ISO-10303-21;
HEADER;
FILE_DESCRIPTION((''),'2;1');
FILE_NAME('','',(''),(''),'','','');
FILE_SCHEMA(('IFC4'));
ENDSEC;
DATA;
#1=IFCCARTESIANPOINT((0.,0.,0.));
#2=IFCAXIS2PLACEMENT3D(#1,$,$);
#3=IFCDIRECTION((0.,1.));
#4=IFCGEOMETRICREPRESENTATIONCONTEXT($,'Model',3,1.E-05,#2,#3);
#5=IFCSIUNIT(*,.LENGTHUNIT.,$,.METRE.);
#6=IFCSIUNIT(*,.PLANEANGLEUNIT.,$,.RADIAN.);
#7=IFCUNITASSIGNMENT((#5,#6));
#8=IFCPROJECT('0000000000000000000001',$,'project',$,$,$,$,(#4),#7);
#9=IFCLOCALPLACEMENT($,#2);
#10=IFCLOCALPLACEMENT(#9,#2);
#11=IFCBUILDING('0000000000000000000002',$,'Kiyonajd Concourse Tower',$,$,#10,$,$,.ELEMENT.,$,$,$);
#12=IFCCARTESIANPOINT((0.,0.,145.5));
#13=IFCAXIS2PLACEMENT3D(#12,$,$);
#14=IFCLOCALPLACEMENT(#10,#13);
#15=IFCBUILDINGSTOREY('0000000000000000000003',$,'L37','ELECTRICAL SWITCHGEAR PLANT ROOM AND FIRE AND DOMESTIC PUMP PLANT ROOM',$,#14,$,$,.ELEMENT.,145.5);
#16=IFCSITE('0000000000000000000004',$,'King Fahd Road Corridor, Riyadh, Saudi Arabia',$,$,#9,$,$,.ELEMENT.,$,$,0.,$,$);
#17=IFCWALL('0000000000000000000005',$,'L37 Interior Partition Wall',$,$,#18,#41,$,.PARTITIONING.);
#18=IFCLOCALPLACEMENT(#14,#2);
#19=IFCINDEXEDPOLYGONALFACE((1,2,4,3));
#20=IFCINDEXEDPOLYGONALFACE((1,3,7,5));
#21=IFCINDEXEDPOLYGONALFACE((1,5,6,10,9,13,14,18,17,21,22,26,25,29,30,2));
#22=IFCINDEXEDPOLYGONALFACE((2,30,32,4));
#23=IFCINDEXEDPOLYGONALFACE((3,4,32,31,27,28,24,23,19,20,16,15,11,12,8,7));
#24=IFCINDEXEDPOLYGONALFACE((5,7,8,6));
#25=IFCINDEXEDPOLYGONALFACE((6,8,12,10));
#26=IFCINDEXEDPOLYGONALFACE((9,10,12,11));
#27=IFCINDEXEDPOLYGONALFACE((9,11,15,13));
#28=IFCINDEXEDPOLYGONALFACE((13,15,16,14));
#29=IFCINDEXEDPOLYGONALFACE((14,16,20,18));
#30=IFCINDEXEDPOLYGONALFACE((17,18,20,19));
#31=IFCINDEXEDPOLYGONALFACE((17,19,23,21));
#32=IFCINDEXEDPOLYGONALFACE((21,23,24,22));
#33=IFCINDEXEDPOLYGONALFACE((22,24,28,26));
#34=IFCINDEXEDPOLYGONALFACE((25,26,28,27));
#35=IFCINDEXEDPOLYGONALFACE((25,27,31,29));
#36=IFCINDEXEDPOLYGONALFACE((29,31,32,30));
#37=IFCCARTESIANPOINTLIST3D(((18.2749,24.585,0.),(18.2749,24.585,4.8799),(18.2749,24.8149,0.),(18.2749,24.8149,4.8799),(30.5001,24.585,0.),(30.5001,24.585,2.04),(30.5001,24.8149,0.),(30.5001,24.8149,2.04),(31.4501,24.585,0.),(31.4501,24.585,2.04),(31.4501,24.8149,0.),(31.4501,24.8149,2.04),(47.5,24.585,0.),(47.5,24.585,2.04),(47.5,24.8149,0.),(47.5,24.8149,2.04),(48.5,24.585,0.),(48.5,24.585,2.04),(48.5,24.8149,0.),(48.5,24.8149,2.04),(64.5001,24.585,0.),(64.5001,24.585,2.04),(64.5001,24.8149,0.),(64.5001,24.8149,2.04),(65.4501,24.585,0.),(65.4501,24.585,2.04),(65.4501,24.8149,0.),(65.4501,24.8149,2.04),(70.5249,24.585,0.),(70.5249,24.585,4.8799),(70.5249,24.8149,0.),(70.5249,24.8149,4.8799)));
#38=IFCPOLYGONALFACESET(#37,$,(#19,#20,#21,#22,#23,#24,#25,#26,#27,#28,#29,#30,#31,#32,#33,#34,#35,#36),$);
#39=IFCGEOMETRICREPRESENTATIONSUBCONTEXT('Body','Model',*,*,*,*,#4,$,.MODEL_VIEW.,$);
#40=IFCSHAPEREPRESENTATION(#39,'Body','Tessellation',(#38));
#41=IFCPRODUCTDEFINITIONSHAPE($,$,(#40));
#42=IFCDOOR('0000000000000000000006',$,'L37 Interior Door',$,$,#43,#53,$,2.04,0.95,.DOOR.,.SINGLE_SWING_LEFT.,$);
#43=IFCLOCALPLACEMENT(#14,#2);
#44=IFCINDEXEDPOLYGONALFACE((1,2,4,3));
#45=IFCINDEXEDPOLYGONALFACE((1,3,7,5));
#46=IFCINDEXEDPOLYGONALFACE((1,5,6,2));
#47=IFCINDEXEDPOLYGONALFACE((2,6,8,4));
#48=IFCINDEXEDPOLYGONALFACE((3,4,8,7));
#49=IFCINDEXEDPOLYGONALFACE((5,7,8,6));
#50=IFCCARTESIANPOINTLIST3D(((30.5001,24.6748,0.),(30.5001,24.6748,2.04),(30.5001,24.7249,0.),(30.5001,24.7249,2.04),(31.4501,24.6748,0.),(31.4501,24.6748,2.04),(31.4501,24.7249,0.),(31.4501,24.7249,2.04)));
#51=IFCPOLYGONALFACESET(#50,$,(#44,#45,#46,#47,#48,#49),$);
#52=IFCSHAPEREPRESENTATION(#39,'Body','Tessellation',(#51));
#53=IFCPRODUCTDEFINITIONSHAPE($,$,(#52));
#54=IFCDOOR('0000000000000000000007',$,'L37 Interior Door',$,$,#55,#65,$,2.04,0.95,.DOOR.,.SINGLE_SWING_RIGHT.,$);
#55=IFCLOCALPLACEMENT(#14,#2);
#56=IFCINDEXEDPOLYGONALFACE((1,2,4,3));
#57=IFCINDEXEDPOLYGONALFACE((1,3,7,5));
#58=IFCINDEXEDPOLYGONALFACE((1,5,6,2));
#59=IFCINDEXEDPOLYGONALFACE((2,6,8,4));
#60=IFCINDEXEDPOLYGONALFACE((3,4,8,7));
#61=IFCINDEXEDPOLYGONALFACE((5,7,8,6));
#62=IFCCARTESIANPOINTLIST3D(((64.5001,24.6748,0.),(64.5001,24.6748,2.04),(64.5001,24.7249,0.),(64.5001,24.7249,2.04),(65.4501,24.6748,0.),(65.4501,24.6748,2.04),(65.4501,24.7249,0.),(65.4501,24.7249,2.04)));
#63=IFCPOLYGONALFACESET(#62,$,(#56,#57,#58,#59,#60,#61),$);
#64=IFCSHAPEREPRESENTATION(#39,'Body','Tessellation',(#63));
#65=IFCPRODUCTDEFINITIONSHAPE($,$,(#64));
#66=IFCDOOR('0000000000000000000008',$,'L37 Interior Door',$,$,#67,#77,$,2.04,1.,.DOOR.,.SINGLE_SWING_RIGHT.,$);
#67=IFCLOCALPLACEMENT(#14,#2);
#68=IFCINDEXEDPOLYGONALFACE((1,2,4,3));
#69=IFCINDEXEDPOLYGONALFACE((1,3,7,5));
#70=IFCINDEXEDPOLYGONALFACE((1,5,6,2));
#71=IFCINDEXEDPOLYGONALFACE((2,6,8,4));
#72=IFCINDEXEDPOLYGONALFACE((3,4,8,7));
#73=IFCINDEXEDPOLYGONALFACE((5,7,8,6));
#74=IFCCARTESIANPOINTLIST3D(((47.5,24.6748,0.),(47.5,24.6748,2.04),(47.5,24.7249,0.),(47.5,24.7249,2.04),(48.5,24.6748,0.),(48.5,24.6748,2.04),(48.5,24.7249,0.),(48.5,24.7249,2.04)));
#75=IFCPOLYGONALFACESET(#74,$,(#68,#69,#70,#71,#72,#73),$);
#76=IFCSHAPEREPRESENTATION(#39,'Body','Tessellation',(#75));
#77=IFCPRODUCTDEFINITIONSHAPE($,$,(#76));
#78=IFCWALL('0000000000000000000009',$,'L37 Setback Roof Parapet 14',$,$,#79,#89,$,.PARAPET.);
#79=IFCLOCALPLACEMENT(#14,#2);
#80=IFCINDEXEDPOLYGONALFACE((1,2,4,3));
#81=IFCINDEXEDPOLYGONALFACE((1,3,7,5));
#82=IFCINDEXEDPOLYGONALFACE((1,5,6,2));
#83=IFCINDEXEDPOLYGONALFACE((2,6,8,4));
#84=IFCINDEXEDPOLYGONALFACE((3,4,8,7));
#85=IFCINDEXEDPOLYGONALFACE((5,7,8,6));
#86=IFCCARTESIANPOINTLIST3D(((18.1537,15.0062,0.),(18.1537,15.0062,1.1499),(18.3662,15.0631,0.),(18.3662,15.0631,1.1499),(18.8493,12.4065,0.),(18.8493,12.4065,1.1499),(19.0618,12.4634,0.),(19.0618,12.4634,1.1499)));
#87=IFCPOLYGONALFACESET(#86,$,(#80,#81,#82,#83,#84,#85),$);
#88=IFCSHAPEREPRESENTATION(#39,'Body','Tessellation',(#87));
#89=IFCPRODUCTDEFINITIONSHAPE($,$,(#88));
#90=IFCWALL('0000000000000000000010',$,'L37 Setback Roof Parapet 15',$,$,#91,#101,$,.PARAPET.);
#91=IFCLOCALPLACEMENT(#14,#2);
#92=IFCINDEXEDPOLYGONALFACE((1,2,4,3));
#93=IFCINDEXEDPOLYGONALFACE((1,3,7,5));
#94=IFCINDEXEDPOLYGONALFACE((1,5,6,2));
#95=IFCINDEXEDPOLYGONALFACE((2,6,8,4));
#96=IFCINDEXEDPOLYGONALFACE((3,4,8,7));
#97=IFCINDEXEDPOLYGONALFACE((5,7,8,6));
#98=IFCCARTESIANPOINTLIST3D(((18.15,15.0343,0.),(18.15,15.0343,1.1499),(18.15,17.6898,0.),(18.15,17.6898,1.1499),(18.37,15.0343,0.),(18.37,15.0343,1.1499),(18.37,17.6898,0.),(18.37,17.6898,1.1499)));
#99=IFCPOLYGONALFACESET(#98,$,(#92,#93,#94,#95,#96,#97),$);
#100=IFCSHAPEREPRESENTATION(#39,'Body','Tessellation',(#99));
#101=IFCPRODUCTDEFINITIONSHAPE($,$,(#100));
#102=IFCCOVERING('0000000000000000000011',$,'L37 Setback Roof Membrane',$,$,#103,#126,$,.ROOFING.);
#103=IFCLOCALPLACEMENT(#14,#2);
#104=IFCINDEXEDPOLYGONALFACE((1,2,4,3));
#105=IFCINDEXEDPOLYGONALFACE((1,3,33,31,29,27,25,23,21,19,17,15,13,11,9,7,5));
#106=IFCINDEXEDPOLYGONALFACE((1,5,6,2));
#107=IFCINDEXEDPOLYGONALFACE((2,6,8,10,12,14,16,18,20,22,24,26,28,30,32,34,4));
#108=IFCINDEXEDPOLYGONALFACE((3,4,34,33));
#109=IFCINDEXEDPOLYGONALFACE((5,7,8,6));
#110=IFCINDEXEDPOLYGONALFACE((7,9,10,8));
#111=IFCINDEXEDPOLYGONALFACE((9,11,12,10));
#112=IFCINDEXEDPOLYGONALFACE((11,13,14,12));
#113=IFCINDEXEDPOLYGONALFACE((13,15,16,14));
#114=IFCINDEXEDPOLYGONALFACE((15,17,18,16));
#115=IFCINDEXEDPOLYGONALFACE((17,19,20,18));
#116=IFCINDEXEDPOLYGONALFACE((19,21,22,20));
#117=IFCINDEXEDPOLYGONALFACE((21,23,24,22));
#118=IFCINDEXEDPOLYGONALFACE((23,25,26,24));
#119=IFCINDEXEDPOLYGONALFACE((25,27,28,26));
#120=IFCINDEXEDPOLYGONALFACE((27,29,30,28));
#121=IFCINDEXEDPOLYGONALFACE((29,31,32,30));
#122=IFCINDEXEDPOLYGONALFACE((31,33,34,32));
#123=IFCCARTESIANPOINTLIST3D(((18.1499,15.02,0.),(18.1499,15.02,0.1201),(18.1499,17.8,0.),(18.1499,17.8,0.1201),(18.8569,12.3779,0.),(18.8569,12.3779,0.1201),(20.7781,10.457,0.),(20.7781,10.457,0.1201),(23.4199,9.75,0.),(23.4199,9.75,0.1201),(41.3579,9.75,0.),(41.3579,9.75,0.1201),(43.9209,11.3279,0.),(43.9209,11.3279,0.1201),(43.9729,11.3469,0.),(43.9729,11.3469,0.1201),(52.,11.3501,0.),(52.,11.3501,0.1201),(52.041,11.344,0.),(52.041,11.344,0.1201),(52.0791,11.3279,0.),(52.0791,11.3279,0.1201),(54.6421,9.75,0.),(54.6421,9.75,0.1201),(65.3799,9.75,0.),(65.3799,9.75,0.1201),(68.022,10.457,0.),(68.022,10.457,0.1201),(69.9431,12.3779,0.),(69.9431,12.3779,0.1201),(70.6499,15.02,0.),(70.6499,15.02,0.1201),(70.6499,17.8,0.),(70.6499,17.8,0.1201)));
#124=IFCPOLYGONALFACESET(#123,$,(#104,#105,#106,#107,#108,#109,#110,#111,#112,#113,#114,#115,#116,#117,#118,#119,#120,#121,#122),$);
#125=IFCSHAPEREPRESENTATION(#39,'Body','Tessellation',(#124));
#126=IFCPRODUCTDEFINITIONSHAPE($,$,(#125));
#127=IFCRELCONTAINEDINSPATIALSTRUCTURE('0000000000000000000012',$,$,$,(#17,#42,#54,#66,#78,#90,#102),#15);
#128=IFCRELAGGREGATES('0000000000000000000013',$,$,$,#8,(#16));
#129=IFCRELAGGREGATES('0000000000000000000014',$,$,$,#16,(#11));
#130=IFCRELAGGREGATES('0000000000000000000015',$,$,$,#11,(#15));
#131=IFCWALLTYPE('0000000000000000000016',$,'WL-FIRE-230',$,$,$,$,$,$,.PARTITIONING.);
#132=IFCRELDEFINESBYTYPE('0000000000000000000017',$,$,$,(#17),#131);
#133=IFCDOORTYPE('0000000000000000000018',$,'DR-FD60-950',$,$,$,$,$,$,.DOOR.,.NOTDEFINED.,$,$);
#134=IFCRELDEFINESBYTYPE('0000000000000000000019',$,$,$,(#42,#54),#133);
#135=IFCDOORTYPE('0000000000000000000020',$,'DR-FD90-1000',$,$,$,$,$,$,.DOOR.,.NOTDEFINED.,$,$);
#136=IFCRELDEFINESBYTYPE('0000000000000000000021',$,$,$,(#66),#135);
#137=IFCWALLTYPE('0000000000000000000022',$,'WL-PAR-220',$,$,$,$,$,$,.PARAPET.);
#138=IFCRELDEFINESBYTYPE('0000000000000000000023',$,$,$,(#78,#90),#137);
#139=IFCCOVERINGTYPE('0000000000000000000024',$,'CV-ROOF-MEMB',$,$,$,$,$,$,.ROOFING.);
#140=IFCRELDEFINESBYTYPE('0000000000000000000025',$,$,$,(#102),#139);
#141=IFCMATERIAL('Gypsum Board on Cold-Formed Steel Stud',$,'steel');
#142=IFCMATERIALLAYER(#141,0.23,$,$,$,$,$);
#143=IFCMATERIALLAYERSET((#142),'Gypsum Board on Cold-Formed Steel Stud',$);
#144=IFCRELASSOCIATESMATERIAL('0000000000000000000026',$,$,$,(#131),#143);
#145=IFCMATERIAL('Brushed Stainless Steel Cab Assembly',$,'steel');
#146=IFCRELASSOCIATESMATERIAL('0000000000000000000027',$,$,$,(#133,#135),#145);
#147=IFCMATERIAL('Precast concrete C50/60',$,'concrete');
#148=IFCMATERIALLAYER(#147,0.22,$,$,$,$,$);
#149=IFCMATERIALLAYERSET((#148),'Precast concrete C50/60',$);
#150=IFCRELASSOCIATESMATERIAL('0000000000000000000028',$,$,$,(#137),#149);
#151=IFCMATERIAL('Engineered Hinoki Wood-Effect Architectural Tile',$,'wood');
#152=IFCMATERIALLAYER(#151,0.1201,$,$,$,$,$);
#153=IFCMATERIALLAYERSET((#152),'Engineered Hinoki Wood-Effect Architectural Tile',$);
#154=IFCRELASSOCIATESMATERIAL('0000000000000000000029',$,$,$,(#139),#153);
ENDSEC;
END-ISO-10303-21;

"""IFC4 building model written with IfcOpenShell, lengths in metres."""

from ifc_helpers import new_model, si_unit, direction, frame, frame_2d, origin, place, context, subcontext, project, spatial, polyline, rectangle, outline, extrude, material, layer, layer_set, type_object, element, fill, save


model = new_model("IFC4")

# Units and contexts
model_context = context("Model", 3, precision=1e-05, world=origin(), true_north=direction((0.0, 1.0)))
body_context = subcontext(model_context, "Body", "Model", "MODEL_VIEW")
ifc_project = project(units=[si_unit("LENGTHUNIT", "METRE"), si_unit("PLANEANGLEUNIT", "RADIAN")], contexts=[model_context])

# Site, building, storey
site_placement = place(None, origin())
site = spatial("IfcSite", under=ifc_project, at=site_placement, Name="King Fahd Road Corridor, Riyadh, Saudi Arabia", CompositionType="ELEMENT", RefElevation=0.0)
building_placement = place(site_placement, origin())
building = spatial("IfcBuilding", under=site, at=building_placement, Name="Kiyonajd Concourse Tower", CompositionType="ELEMENT")
storey_placement = place(building_placement, frame((0.0, 0.0, 145.5)))
storey = spatial("IfcBuildingStorey", under=building, at=storey_placement, Name="L37", Description="ELECTRICAL SWITCHGEAR PLANT ROOM AND FIRE AND DOMESTIC PUMP PLANT ROOM", CompositionType="ELEMENT", Elevation=145.5)

# Shared definitions
ifc_material_1 = material(Name="Precast concrete C50/60", Category="concrete")

# Wall, openings, doors
ifc_material_2 = material(Name="Gypsum Board on Cold-Formed Steel Stud", Category="steel")
ifc_layer_1 = layer(ifc_material_2, 0.23)
ifc_layer_set_1 = layer_set([ifc_layer_1], Name="Gypsum Board on Cold-Formed Steel Stud")
wall_type_1 = type_object("IfcWallType", Name="WL-FIRE-230", PredefinedType="PARTITIONING", material=ifc_layer_set_1)
wall_1_placement = place(storey_placement, frame((18.2749, 24.7, 0.0), z_axis=(0.0, 0.0, 1.0), x_axis=(1.0, 0.0, 0.0)))
wall_1 = element("IfcWall", 1, at=wall_1_placement, inside=storey, type_object=wall_type_1, Name="L37 Interior Partition Wall", PredefinedType="PARTITIONING", context=body_context, shape_type="SweptSolid", body=[
    extrude(rectangle(XDim=52.25, YDim=0.23, at=frame_2d((26.125, 0.0))), origin(), (0.0, 0.0, 1.0), 4.8799),
])
opening_1_placement = place(wall_1_placement, frame((29.2251, 0.0, 0.0)))
opening_1 = element("IfcOpeningElement", 2, at=opening_1_placement, cuts=wall_1, PredefinedType="OPENING", context=body_context, shape_type="SweptSolid", body=[
    extrude(rectangle(XDim=1.0, YDim=2.04, at=frame_2d((0.5, 1.02))), frame((0.0, 0.125, 0.0), z_axis=(0.0, -1.0, 0.0), x_axis=(1.0, 0.0, 0.0)), (0.0, 0.0, 1.0), 0.25),
])
opening_2_placement = place(wall_1_placement, frame((12.2251, 0.0, 0.0)))
opening_2 = element("IfcOpeningElement", 3, at=opening_2_placement, cuts=wall_1, PredefinedType="OPENING", context=body_context, shape_type="SweptSolid", body=[
    extrude(rectangle(XDim=0.95, YDim=2.04, at=frame_2d((0.4751, 1.02))), frame((0.0, 0.125, 0.0), z_axis=(0.0, -1.0, 0.0), x_axis=(1.0, 0.0, 0.0)), (0.0, 0.0, 1.0), 0.25),
])
opening_3_placement = place(wall_1_placement, frame((46.2251, 0.0, 0.0)))
opening_3 = element("IfcOpeningElement", 4, at=opening_3_placement, cuts=wall_1, PredefinedType="OPENING", context=body_context, shape_type="SweptSolid", body=[
    extrude(rectangle(XDim=0.95, YDim=2.04, at=frame_2d((0.4751, 1.02))), frame((0.0, 0.125, 0.0), z_axis=(0.0, -1.0, 0.0), x_axis=(1.0, 0.0, 0.0)), (0.0, 0.0, 1.0), 0.25),
])
ifc_material_3 = material(Name="Brushed Stainless Steel Cab Assembly", Category="steel")
door_type_1 = type_object("IfcDoorType", Name="DR-FD60-950", OperationType="NOTDEFINED", PredefinedType="DOOR", material=ifc_material_3)
door_1_placement = place(opening_2_placement, origin())
door_1 = element("IfcDoor", 5, at=door_1_placement, inside=storey, type_object=door_type_1, Name="L37 Interior Door", OperationType="SINGLE_SWING_LEFT", OverallHeight=2.04, OverallWidth=0.95, PredefinedType="DOOR", context=body_context, shape_type="SweptSolid", body=[
    extrude(rectangle(XDim=0.95, YDim=2.04, at=frame_2d((0.4751, 1.02))), frame((0.0, 0.0249, 0.0), z_axis=(0.0, -1.0, 0.0), x_axis=(1.0, 0.0, 0.0)), (0.0, 0.0, 1.0), 0.05),
])
fill(opening_2, door_1)
door_2_placement = place(opening_3_placement, origin())
door_2 = element("IfcDoor", 6, at=door_2_placement, inside=storey, type_object=door_type_1, Name="L37 Interior Door", OperationType="SINGLE_SWING_RIGHT", OverallHeight=2.04, OverallWidth=0.95, PredefinedType="DOOR", context=body_context, shape_type="SweptSolid", body=[
    extrude(rectangle(XDim=0.95, YDim=2.04, at=frame_2d((0.4751, 1.02))), frame((0.0, 0.0249, 0.0), z_axis=(0.0, -1.0, 0.0), x_axis=(1.0, 0.0, 0.0)), (0.0, 0.0, 1.0), 0.05),
])
fill(opening_3, door_2)
door_type_2 = type_object("IfcDoorType", Name="DR-FD90-1000", OperationType="NOTDEFINED", PredefinedType="DOOR", material=ifc_material_3)
door_3_placement = place(opening_1_placement, origin())
door_3 = element("IfcDoor", 7, at=door_3_placement, inside=storey, type_object=door_type_2, Name="L37 Interior Door", OperationType="SINGLE_SWING_RIGHT", OverallHeight=2.04, OverallWidth=1.0, PredefinedType="DOOR", context=body_context, shape_type="SweptSolid", body=[
    extrude(rectangle(XDim=1.0, YDim=2.04, at=frame_2d((0.5, 1.02))), frame((0.0, 0.0249, 0.0), z_axis=(0.0, -1.0, 0.0), x_axis=(1.0, 0.0, 0.0)), (0.0, 0.0, 1.0), 0.05),
])
fill(opening_1, door_3)

# Walls
ifc_layer_2 = layer(ifc_material_1, 0.22)
ifc_layer_set_2 = layer_set([ifc_layer_2], Name="Precast concrete C50/60")
wall_type_2 = type_object("IfcWallType", Name="WL-PAR-220", PredefinedType="PARAPET", material=ifc_layer_set_2)
wall_2_placement = place(storey_placement, frame((18.9556, 12.4348, 0.0), z_axis=(0.0, 0.0, 1.0), x_axis=(-0.25847, 0.966019, 0.0)))
element("IfcWall", 8, at=wall_2_placement, inside=storey, type_object=wall_type_2, Name="L37 Setback Roof Parapet 14", PredefinedType="PARAPET", context=body_context, shape_type="SweptSolid", body=[
    extrude(rectangle(XDim=2.6912, YDim=0.22, at=frame_2d((1.3457, 0.0))), origin(), (0.0, 0.0, 1.0), 1.1499),
])
wall_3_placement = place(storey_placement, frame((18.26, 15.0344, 0.0), z_axis=(0.0, 0.0, 1.0), x_axis=(0.0, 1.0, 0.0)))
element("IfcWall", 9, at=wall_3_placement, inside=storey, type_object=wall_type_2, Name="L37 Setback Roof Parapet 15", PredefinedType="PARAPET", context=body_context, shape_type="SweptSolid", body=[
    extrude(rectangle(XDim=2.6555, YDim=0.22, at=frame_2d((1.3276, 0.0))), origin(), (0.0, 0.0, 1.0), 1.1499),
])

# Covering
ifc_material_4 = material(Name="Engineered Hinoki Wood-Effect Architectural Tile", Category="wood")
ifc_layer_3 = layer(ifc_material_4, 0.1201)
ifc_layer_set_3 = layer_set([ifc_layer_3], Name="Engineered Hinoki Wood-Effect Architectural Tile")
covering_type = type_object("IfcCoveringType", Name="CV-ROOF-MEMB", PredefinedType="ROOFING", material=ifc_layer_set_3)
covering_placement = place(storey_placement, origin())
element("IfcCovering", 10, at=covering_placement, inside=storey, type_object=covering_type, Name="L37 Setback Roof Membrane", PredefinedType="ROOFING", context=body_context, shape_type="SweptSolid", body=[
    extrude(outline(polyline([(70.6499, 15.02), (69.9431, 12.3779), (68.022, 10.457), (65.3799, 9.75), (54.6421, 9.75), (52.0791, 11.3279), (52.041, 11.344), (52.0, 11.3501), (43.9729, 11.3469), (43.9209, 11.3279), (41.3579, 9.75), (23.4199, 9.75), (20.7781, 10.457), (18.8569, 12.3779), (18.1499, 15.02), (18.1499, 17.8), (70.6499, 17.8), (70.6499, 15.02)])), origin(), (0.0, 0.0, 1.0), 0.1201),
])

save(model, "model.ifc")
